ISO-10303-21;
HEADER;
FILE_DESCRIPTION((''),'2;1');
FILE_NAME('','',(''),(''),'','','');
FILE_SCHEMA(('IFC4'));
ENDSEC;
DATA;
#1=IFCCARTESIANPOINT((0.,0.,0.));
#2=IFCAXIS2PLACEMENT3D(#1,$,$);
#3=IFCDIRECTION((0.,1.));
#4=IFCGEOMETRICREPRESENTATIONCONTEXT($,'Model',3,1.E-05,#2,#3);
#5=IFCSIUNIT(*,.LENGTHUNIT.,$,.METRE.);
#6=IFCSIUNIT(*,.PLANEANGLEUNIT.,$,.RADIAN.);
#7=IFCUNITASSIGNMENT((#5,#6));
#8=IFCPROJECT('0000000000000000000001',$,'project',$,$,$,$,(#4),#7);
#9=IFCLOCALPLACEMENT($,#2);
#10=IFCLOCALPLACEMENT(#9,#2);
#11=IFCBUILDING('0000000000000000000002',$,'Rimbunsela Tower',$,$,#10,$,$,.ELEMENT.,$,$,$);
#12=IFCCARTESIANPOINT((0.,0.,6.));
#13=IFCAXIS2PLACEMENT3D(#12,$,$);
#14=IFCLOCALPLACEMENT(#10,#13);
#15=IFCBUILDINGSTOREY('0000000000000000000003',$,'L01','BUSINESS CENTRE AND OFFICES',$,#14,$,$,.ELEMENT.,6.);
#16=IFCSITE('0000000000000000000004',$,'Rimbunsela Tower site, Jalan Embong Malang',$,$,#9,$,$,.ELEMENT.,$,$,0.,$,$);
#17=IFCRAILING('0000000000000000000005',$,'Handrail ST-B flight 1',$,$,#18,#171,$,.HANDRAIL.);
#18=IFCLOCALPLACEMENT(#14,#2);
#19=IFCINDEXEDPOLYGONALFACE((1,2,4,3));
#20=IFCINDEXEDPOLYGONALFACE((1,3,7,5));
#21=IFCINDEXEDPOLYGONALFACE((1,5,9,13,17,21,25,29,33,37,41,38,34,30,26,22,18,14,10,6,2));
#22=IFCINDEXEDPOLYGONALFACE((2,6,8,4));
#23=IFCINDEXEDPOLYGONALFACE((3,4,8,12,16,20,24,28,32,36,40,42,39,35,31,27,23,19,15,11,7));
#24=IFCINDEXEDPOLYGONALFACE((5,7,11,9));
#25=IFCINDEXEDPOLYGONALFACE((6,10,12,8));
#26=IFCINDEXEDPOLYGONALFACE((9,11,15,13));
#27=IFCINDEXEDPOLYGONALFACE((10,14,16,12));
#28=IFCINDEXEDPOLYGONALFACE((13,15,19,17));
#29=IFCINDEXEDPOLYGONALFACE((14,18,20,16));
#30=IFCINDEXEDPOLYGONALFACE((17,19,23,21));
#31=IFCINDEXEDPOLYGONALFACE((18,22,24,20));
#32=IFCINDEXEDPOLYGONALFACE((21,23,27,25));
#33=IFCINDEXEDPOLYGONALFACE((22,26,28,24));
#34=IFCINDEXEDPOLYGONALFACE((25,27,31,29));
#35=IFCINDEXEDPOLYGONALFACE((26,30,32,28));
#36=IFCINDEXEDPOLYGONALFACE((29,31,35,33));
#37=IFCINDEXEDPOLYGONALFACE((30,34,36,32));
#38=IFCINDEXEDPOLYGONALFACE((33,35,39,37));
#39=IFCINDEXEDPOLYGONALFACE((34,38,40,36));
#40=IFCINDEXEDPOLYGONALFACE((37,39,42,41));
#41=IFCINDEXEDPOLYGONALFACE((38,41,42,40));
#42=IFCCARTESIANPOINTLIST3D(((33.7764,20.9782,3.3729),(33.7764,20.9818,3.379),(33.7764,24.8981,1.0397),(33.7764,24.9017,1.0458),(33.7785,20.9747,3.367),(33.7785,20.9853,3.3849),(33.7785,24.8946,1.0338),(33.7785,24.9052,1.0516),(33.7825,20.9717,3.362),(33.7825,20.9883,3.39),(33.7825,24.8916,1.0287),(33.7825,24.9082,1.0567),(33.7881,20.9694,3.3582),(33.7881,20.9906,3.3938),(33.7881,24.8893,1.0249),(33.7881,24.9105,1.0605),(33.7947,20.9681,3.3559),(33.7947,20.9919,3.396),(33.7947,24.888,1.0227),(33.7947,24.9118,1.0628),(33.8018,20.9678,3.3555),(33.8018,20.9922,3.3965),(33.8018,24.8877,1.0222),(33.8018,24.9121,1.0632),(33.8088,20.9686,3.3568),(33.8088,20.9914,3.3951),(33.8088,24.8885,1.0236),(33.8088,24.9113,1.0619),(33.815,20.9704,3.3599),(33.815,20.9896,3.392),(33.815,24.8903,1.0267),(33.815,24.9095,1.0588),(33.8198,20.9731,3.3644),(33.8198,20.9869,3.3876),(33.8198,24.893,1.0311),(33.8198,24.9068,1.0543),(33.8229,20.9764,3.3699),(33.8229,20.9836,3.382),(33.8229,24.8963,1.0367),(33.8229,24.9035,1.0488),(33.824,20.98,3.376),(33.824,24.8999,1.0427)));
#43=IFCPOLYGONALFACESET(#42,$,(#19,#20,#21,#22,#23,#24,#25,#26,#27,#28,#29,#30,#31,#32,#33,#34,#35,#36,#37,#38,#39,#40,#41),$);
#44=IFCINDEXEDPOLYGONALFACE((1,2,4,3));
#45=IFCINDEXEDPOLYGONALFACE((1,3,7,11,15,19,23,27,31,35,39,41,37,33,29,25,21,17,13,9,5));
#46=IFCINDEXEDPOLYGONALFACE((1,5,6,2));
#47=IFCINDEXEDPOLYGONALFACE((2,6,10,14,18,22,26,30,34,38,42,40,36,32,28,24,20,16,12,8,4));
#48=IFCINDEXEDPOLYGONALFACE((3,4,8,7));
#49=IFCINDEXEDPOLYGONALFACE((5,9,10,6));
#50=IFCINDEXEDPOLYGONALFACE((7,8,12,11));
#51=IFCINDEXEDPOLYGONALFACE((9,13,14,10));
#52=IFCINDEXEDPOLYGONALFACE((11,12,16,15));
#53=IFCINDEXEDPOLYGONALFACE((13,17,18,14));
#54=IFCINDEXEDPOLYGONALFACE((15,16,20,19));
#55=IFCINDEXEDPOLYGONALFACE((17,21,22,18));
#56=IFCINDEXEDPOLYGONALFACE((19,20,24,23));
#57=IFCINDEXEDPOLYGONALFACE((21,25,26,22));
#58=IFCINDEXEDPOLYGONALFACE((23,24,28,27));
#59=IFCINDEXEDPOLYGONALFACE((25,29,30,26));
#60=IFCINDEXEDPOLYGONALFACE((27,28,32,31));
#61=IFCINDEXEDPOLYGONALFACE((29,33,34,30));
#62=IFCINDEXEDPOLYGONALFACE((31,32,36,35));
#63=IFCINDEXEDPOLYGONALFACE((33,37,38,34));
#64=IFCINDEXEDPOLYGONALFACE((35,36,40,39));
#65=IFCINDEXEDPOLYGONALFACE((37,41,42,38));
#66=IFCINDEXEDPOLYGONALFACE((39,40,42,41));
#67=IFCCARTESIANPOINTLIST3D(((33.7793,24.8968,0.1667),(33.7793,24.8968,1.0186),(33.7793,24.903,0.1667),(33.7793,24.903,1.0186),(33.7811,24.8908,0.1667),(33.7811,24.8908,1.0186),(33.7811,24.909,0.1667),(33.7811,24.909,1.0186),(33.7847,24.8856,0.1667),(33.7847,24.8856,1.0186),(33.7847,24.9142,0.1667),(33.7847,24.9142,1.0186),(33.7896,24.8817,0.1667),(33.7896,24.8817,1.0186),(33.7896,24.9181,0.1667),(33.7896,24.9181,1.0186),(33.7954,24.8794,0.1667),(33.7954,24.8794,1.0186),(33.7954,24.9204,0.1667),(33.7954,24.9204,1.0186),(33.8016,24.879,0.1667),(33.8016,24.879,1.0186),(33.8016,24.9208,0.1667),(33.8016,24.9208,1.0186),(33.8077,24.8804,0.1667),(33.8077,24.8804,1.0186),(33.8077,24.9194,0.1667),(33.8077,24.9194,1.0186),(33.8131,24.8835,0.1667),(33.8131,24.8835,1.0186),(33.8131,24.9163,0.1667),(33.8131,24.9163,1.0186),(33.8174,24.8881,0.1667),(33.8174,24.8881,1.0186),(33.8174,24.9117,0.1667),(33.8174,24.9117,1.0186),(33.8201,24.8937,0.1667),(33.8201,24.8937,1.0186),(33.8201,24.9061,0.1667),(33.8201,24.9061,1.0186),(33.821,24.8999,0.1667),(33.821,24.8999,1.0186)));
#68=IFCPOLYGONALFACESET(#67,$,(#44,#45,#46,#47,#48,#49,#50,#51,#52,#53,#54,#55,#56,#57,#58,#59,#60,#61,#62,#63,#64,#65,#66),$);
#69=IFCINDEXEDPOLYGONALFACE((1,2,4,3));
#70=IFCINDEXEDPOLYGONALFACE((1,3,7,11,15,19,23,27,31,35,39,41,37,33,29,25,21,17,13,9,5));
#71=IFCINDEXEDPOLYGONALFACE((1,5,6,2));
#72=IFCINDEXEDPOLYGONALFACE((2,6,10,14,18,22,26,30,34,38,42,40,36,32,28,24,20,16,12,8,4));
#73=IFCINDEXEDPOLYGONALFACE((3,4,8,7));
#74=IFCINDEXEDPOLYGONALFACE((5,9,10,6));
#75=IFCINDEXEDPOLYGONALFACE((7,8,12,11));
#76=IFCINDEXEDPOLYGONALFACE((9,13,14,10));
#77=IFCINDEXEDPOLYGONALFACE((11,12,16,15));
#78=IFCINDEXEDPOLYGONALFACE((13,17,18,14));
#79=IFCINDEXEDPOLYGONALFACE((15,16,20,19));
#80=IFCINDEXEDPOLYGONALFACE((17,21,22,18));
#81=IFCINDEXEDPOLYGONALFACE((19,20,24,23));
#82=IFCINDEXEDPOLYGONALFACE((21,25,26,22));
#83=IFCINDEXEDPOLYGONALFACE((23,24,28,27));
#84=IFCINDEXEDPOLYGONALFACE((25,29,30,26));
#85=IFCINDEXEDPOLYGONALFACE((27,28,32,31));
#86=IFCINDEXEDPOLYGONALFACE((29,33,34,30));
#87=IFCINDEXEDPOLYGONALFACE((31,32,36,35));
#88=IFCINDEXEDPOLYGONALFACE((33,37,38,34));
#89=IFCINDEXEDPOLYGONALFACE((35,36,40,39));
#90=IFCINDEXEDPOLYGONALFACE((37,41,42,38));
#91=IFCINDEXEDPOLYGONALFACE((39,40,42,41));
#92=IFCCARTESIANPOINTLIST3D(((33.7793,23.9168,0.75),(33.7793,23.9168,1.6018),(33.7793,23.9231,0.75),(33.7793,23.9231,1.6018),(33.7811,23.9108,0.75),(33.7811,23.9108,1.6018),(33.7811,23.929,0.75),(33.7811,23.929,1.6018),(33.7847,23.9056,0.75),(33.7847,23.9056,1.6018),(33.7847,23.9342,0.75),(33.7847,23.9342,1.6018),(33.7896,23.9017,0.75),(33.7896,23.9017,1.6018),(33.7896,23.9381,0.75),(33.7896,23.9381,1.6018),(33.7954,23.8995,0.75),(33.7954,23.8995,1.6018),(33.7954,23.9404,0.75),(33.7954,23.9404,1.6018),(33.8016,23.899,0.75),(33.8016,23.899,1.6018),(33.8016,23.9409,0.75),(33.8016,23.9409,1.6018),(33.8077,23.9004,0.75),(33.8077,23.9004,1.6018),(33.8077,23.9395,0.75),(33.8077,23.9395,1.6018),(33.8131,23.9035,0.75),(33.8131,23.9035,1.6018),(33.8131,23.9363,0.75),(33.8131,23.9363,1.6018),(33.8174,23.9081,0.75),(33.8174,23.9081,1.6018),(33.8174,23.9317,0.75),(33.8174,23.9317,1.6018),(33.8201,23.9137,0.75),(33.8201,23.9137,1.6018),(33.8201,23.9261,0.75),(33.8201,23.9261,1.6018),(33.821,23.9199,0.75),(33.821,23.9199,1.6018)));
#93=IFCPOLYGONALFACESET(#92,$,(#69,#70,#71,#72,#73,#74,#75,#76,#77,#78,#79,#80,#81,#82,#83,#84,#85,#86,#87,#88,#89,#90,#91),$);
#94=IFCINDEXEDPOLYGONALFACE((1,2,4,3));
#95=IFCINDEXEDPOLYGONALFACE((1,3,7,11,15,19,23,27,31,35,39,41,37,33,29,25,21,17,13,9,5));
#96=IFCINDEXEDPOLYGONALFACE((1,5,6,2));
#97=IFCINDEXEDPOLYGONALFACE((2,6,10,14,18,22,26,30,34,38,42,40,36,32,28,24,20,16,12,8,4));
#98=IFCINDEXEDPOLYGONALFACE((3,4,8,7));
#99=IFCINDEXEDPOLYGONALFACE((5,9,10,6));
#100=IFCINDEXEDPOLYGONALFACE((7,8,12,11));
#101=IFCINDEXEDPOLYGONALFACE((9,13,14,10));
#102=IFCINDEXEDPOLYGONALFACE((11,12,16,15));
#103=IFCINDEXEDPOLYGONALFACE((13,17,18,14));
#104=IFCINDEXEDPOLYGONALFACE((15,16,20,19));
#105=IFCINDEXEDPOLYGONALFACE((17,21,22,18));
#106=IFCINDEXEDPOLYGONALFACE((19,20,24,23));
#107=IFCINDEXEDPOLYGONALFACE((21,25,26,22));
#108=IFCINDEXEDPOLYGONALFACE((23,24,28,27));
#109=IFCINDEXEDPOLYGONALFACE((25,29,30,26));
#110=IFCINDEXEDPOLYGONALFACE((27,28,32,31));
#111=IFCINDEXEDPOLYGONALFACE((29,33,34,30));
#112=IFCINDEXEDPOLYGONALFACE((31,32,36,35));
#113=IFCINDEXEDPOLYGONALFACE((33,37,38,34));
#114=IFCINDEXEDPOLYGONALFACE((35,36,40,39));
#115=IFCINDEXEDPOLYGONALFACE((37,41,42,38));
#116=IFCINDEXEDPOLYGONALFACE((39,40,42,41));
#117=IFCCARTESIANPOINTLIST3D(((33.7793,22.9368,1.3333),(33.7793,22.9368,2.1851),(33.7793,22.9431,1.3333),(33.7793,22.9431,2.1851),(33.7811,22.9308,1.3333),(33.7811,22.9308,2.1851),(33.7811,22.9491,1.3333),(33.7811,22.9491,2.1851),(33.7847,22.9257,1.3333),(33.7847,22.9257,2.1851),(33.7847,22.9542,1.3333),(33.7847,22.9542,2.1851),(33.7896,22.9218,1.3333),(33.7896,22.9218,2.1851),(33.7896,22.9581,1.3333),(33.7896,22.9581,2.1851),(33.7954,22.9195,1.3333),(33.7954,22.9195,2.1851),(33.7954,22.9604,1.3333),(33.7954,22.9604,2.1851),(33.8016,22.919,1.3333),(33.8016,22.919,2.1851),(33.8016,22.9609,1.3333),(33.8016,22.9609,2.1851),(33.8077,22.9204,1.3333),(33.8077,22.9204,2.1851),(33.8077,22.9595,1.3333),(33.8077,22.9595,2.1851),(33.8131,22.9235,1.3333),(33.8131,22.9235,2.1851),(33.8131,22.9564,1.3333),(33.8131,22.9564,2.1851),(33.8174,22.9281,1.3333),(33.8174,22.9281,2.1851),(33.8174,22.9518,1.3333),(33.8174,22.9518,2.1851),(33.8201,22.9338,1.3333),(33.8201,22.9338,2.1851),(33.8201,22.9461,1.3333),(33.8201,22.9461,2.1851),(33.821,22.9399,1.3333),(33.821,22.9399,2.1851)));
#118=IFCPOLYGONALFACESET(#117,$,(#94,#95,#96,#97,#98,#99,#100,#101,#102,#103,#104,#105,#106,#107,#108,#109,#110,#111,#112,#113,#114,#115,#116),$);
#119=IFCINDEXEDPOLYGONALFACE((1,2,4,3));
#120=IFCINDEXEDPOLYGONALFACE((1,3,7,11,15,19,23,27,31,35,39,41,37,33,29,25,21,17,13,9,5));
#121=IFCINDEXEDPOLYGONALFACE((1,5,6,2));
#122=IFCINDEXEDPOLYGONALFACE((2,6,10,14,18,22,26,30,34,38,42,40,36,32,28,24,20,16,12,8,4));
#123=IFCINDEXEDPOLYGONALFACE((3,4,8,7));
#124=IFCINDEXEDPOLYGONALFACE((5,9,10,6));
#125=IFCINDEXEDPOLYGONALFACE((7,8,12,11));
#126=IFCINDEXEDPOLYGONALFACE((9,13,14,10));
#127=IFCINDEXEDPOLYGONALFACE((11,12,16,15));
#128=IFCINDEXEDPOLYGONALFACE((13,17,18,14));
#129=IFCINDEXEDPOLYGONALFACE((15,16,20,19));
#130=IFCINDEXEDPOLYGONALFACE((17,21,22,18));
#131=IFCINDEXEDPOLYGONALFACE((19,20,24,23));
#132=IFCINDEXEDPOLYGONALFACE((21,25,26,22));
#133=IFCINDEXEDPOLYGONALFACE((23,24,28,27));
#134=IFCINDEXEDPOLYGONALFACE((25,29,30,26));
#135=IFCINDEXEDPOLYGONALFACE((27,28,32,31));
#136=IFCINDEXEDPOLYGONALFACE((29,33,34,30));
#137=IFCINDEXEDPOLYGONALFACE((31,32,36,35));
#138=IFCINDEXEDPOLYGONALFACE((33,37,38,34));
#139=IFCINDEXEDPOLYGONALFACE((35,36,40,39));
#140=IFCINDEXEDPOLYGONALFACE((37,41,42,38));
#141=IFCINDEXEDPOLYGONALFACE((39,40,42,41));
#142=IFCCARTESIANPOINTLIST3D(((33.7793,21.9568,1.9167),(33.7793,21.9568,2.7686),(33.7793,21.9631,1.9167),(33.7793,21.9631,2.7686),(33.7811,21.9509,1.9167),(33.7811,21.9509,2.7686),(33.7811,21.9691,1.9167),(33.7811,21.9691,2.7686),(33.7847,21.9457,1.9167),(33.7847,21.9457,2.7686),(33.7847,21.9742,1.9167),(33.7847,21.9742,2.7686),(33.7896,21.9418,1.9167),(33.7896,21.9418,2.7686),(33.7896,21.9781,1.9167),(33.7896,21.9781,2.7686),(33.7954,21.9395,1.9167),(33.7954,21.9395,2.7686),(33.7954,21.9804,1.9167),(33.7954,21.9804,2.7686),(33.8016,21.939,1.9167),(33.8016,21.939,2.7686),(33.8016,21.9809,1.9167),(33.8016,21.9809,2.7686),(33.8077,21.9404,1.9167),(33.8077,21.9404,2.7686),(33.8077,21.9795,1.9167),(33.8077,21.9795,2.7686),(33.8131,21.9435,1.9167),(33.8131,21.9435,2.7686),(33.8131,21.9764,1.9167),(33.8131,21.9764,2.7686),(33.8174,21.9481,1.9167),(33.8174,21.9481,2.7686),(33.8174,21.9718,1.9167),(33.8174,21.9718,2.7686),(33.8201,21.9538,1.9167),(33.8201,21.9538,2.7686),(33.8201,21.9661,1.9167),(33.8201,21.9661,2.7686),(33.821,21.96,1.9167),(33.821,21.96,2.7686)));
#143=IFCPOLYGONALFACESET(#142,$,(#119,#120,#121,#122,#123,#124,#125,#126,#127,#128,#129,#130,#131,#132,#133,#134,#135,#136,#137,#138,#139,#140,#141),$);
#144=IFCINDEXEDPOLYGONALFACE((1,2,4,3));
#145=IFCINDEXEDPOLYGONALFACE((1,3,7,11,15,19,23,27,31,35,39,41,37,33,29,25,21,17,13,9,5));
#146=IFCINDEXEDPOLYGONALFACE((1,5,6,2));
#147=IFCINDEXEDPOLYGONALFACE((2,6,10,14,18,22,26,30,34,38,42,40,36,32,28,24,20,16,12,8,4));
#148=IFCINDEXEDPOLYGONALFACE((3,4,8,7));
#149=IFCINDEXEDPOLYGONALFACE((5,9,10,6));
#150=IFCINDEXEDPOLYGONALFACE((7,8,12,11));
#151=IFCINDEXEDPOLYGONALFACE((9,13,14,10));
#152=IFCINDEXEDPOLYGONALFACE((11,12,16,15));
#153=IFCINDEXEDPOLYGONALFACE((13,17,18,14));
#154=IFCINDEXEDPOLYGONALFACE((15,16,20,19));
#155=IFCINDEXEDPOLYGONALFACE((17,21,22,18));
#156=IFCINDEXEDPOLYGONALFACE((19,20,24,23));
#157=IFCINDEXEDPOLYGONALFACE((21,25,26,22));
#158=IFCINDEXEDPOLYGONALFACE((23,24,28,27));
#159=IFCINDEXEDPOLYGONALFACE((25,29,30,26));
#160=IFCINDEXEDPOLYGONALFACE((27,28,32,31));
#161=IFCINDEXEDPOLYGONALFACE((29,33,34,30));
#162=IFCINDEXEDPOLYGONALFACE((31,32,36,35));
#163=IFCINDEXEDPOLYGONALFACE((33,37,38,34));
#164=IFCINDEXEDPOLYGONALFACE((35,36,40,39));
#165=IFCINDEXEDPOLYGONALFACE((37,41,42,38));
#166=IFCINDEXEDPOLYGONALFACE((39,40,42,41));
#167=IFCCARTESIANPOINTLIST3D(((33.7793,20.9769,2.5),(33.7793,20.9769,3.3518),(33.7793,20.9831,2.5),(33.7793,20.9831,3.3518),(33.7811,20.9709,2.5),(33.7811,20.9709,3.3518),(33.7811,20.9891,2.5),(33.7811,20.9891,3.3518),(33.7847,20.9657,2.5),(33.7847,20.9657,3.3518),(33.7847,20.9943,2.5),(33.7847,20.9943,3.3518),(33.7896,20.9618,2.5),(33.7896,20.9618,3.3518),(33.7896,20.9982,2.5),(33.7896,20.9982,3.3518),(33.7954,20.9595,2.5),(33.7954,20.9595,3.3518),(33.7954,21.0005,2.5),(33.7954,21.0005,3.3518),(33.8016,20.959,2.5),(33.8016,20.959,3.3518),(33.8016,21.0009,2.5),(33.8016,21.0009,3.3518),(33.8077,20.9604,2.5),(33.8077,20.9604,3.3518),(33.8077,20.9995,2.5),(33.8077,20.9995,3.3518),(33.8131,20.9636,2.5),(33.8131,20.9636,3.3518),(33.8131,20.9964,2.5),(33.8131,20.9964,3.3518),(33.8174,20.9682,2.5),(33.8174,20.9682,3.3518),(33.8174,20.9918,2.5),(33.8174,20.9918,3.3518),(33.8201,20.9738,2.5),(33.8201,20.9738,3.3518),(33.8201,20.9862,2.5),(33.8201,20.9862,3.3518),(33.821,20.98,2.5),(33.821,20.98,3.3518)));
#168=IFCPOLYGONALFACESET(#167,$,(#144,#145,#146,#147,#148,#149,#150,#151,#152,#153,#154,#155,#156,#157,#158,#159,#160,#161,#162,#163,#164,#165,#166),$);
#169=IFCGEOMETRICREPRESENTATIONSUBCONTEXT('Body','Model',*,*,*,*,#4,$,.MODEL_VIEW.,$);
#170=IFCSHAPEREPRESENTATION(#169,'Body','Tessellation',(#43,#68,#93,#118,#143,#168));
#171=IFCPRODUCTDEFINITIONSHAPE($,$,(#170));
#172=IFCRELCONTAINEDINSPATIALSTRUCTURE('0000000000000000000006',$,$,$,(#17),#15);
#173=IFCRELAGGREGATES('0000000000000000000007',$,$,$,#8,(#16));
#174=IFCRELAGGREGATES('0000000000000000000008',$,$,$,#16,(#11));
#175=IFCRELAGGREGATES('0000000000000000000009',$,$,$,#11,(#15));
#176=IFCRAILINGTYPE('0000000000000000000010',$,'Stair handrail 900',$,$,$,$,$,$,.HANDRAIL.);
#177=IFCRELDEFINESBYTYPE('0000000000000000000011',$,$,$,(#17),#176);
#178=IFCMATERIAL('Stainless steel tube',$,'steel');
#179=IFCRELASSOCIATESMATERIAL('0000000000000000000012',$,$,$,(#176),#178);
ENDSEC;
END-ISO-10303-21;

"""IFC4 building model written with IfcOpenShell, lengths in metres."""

from ifc_helpers import new_model, si_unit, direction, frame, origin, origin_2d, place, context, subcontext, project, spatial, circle, extrude, material, type_object, element, save


model = new_model("IFC4")

# Units and contexts
model_context = context("Model", 3, precision=1e-05, world=origin(), true_north=direction((0.0, 1.0)))
body_context = subcontext(model_context, "Body", "Model", "MODEL_VIEW")
ifc_project = project(units=[si_unit("LENGTHUNIT", "METRE"), si_unit("PLANEANGLEUNIT", "RADIAN")], contexts=[model_context])

# Site, building, storey
site_placement = place(None, origin())
site = spatial("IfcSite", under=ifc_project, at=site_placement, Name="Rimbunsela Tower site, Jalan Embong Malang", CompositionType="ELEMENT", RefElevation=0.0)
building_placement = place(site_placement, origin())
building = spatial("IfcBuilding", under=site, at=building_placement, Name="Rimbunsela Tower", CompositionType="ELEMENT")
storey_placement = place(building_placement, frame((0.0, 0.0, 6.0)))
storey = spatial("IfcBuildingStorey", under=building, at=storey_placement, Name="L01", Description="BUSINESS CENTRE AND OFFICES", CompositionType="ELEMENT", Elevation=6.0)

# Railing
ifc_material_1 = material(Name="Stainless steel tube", Category="steel")
railing_type = type_object("IfcRailingType", Name="Stair handrail 900", PredefinedType="HANDRAIL", material=ifc_material_1)
railing_1_placement = place(storey_placement, frame((33.8, 24.8999, 0.1667)))
element("IfcRailing", 1, at=railing_1_placement, inside=storey, type_object=railing_type, Name="Handrail ST-B flight 1", PredefinedType="HANDRAIL", context=body_context, shape_type="SweptSolid", body=[
    extrude(circle(Radius=0.0239, at=origin_2d()), frame((0.0, 0.0, 0.876), z_axis=(0.0, -0.859296, 0.511478), x_axis=(1.0, 0.0, 0.0)), (0.0, 0.0, 1.0), 4.5618),
    extrude(circle(Radius=0.021, at=origin_2d()), origin(), (0.0, 0.0, 1.0), 0.8518),
    extrude(circle(Radius=0.021, at=origin_2d()), frame((0.0, -0.98, 0.5833)), (0.0, 0.0, 1.0), 0.8518),
    extrude(circle(Radius=0.021, at=origin_2d()), frame((0.0, -1.96, 1.1665)), (0.0, 0.0, 1.0), 0.8518),
    extrude(circle(Radius=0.021, at=origin_2d()), frame((0.0, -2.9399, 1.75)), (0.0, 0.0, 1.0), 0.8518),
    extrude(circle(Radius=0.021, at=origin_2d()), frame((0.0, -3.9199, 2.3333)), (0.0, 0.0, 1.0), 0.8518),
])

save(model, "model.ifc")
